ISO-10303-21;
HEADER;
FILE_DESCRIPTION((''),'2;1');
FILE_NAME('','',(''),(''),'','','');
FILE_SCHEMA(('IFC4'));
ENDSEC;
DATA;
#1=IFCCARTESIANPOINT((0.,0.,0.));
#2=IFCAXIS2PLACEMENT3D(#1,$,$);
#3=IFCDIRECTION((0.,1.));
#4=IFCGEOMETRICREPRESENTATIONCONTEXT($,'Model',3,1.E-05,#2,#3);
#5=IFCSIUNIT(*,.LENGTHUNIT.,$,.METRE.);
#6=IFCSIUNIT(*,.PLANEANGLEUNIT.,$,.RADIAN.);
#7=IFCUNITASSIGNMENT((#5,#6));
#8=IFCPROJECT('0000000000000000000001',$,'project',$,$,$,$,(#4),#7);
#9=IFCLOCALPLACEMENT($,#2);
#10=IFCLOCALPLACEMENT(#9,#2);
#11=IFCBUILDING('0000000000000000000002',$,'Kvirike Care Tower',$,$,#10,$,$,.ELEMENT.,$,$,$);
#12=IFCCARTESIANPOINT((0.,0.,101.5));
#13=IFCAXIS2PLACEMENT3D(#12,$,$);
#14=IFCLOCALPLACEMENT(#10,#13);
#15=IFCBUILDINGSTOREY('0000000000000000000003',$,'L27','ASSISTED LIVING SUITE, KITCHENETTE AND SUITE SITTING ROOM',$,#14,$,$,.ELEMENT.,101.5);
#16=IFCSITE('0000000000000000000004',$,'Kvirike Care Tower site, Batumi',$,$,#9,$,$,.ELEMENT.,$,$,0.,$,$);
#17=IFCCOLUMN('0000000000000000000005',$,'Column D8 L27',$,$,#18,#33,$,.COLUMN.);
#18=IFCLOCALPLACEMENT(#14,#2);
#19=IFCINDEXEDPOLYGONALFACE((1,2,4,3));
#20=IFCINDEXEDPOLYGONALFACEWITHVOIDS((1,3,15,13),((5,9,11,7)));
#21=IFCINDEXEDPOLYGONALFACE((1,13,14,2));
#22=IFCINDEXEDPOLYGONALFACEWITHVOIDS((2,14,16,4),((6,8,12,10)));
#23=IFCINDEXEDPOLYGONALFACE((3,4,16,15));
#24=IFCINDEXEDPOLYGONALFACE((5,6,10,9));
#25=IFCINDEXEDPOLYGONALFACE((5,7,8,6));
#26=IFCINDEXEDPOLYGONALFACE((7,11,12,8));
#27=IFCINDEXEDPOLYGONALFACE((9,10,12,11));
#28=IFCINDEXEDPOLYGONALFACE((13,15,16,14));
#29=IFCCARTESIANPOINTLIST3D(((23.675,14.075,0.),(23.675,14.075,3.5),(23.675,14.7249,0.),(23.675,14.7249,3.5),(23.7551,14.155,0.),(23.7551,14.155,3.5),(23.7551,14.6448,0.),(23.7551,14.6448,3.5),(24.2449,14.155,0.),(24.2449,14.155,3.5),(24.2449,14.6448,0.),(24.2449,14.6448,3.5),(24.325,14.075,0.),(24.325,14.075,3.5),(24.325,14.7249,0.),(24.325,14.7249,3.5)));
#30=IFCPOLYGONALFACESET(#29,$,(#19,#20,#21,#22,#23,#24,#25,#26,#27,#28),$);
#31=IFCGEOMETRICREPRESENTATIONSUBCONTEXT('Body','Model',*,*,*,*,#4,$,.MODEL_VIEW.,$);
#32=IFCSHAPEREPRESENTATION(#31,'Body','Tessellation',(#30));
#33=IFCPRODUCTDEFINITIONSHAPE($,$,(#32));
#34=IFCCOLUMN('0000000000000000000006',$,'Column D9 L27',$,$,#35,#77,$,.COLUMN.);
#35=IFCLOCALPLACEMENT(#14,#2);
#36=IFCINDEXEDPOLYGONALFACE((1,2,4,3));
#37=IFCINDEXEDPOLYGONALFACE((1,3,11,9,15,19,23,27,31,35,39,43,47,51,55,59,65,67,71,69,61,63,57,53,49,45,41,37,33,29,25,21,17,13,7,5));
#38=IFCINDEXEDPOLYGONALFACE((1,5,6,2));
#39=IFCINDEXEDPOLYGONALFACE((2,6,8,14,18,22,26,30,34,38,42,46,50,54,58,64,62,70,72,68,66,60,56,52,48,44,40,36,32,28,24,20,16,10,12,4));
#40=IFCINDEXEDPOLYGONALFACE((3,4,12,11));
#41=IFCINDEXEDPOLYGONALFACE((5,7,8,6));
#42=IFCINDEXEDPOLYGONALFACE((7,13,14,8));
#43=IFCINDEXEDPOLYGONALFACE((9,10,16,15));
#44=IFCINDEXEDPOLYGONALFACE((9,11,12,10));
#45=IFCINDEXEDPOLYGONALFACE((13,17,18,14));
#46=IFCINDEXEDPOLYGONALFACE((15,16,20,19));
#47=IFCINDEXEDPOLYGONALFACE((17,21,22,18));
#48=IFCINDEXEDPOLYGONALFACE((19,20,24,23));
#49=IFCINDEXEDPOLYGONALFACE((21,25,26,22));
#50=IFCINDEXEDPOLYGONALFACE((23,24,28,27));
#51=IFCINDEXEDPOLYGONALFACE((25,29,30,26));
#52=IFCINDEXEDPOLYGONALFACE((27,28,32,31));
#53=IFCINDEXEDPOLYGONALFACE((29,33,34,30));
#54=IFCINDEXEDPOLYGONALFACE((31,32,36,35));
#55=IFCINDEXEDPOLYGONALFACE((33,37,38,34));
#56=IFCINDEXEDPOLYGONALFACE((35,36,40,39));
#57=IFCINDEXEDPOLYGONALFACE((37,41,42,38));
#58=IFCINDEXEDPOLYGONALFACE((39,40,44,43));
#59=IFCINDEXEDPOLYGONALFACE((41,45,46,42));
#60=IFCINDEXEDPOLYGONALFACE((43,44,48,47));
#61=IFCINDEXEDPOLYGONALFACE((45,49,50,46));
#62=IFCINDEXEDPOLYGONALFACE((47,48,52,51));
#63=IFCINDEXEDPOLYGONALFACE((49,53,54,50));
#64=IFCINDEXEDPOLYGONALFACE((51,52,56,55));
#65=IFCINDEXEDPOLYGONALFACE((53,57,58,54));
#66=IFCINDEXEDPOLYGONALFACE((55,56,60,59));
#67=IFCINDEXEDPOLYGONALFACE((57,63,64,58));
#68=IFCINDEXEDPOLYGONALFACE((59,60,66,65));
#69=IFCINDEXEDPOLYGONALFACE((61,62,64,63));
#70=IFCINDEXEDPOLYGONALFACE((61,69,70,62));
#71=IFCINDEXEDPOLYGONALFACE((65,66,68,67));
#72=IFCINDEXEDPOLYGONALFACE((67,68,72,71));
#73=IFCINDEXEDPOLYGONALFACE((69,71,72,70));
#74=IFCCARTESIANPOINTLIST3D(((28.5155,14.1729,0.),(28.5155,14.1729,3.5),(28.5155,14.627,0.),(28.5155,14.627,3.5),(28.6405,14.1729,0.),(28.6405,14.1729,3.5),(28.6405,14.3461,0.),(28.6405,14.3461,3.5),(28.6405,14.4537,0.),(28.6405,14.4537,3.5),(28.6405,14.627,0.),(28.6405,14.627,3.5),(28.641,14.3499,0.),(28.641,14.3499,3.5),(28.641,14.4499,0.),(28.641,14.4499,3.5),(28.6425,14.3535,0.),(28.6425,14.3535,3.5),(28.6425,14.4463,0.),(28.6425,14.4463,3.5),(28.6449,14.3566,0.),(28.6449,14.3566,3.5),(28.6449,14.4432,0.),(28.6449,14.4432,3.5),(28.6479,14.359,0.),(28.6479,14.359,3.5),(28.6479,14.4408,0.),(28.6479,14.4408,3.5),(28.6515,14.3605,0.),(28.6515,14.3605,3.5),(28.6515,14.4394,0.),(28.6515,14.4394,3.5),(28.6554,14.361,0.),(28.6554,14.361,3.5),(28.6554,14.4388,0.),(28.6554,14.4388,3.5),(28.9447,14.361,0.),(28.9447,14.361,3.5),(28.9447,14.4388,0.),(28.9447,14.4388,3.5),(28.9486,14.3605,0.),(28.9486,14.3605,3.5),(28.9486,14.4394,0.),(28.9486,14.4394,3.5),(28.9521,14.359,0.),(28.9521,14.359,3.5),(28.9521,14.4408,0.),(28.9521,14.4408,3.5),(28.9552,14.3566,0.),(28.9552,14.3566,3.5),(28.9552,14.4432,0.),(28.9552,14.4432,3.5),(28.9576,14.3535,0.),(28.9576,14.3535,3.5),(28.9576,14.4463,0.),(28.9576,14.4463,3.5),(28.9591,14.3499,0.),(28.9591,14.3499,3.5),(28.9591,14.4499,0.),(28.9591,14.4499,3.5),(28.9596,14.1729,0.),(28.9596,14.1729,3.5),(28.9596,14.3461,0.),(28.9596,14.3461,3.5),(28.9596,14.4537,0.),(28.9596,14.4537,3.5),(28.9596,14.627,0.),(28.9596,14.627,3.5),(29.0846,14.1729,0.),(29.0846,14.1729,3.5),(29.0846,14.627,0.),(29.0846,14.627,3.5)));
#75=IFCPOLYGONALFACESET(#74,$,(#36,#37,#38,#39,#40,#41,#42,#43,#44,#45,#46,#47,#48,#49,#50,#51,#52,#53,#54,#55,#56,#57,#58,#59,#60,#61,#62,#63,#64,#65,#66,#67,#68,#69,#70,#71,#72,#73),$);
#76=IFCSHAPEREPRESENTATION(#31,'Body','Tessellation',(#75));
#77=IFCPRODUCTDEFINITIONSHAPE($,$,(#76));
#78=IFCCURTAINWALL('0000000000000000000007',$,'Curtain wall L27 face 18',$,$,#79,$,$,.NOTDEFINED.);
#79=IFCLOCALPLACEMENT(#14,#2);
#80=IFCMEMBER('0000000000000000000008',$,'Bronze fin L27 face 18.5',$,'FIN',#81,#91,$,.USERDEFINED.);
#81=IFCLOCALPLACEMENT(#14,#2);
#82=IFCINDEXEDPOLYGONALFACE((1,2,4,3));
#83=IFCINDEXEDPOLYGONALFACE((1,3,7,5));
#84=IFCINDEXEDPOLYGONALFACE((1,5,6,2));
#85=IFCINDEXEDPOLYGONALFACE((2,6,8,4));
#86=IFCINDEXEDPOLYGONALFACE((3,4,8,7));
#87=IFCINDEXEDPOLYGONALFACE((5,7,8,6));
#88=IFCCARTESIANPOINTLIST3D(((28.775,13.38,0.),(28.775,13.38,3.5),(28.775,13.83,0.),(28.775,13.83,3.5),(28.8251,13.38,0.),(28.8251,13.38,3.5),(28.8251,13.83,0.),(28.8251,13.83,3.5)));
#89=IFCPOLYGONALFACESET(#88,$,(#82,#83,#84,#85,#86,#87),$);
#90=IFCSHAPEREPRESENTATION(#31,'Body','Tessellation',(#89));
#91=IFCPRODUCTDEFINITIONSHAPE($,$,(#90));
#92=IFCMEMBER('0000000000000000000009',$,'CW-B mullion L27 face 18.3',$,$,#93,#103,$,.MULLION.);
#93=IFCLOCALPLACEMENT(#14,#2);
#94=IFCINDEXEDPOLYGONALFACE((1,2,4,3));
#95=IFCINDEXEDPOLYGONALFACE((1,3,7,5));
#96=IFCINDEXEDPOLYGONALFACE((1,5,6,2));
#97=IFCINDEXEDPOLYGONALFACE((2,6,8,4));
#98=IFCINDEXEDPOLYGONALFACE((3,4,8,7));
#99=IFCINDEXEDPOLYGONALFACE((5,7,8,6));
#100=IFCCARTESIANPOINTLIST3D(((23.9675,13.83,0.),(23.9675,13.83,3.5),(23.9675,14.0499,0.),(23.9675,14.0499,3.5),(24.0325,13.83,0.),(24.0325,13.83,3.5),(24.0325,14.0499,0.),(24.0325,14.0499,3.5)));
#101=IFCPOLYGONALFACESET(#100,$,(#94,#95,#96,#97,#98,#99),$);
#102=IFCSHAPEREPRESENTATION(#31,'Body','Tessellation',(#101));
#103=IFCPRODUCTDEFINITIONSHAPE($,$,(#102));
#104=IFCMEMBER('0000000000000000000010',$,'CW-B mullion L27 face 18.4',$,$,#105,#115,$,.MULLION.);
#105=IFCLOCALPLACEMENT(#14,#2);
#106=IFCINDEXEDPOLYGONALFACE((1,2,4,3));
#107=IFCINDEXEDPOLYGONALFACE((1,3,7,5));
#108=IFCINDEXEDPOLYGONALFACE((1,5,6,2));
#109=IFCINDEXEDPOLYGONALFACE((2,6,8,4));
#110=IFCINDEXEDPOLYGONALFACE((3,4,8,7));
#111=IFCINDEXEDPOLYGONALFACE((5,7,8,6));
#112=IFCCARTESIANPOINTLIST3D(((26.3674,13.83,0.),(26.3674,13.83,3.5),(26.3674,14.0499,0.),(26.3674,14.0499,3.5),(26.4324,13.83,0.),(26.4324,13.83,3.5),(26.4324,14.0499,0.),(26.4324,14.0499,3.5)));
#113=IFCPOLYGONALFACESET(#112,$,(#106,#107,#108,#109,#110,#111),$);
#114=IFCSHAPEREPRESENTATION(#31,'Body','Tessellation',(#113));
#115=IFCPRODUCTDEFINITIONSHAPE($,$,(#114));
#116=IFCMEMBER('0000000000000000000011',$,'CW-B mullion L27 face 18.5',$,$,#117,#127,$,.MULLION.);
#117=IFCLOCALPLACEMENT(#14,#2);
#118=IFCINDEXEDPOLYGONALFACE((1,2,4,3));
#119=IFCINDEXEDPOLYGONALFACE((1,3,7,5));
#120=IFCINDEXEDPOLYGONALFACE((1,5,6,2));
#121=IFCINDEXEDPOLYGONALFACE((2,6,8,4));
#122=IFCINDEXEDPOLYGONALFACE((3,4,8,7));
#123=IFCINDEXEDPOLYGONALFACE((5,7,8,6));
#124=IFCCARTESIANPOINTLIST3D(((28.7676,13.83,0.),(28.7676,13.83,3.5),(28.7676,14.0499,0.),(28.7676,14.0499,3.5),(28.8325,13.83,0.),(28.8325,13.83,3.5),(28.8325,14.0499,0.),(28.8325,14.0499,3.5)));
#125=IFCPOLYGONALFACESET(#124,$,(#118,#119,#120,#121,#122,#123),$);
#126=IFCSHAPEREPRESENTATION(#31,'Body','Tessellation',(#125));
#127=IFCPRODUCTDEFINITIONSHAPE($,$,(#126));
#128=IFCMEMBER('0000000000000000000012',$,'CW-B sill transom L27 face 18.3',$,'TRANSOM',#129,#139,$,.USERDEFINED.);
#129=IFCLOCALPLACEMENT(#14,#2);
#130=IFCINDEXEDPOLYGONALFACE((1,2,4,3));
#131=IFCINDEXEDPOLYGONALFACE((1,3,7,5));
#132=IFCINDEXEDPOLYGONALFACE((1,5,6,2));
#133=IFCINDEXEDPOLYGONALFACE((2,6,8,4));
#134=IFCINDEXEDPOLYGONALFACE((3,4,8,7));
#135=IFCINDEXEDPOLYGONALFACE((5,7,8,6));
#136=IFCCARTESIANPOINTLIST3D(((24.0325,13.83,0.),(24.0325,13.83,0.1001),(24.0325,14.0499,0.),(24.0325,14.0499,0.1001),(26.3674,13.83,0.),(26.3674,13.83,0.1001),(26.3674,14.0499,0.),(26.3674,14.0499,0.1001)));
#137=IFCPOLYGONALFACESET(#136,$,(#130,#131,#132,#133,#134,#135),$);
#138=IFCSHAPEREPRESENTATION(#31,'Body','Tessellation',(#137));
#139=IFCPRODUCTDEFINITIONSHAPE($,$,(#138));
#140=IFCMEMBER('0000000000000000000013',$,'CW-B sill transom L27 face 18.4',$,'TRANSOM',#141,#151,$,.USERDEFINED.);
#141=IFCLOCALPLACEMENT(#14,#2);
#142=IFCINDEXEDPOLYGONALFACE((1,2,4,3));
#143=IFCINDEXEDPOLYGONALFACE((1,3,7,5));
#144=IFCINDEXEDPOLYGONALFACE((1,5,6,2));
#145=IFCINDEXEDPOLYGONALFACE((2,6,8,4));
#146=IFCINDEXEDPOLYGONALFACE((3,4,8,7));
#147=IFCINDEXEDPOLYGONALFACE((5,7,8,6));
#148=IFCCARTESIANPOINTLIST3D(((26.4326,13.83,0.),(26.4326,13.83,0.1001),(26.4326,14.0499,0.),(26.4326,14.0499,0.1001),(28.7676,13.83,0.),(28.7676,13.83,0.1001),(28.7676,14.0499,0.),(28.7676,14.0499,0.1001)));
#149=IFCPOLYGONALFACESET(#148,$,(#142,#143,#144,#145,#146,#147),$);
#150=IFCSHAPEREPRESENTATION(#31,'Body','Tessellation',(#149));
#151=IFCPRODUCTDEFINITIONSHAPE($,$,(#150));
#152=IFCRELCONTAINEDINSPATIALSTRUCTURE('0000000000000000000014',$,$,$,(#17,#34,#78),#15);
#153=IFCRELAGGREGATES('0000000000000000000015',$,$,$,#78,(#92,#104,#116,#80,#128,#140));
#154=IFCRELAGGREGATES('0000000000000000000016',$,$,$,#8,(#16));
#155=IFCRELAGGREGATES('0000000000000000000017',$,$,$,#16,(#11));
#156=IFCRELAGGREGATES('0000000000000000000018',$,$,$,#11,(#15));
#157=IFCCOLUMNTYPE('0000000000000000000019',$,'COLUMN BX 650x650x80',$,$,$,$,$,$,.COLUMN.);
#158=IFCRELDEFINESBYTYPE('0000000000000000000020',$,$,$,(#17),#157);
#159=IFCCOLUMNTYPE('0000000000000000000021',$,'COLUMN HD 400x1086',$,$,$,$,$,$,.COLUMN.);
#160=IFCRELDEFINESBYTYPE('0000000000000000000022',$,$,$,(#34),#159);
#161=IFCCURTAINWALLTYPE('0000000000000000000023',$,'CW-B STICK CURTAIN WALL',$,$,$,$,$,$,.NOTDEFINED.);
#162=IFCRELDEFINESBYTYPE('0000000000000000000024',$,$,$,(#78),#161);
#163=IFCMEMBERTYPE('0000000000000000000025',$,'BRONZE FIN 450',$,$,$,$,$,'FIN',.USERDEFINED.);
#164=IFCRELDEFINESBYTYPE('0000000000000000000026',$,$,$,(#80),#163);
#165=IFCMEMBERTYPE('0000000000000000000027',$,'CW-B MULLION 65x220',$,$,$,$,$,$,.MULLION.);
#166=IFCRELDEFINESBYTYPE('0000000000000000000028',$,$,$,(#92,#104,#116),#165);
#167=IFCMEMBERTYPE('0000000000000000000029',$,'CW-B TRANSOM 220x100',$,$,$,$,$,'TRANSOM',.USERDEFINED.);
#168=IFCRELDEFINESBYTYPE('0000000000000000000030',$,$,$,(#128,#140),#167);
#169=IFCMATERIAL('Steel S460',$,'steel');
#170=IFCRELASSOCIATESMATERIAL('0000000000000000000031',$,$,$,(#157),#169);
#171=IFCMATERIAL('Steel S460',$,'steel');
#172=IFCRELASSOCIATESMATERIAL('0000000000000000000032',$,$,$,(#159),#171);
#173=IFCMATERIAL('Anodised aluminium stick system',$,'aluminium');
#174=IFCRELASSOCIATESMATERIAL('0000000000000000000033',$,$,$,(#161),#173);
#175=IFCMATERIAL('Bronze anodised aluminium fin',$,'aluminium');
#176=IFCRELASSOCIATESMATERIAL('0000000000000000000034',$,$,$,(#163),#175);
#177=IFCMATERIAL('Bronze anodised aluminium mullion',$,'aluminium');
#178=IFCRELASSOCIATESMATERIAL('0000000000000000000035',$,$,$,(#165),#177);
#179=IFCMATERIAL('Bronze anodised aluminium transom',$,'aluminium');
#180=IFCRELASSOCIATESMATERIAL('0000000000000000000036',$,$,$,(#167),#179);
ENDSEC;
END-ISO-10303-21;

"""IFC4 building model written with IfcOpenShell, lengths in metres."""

from ifc_helpers import new_model, si_unit, direction, frame, origin, origin_2d, place, context, subcontext, project, spatial, rectangle, hollow_rectangle, i_section, extrude, material, material_profile, profile_set, type_object, element, aggregate, save


model = new_model("IFC4")

# Units and contexts
model_context = context("Model", 3, precision=1e-05, world=origin(), true_north=direction((0.0, 1.0)))
body_context = subcontext(model_context, "Body", "Model", "MODEL_VIEW")
ifc_project = project(units=[si_unit("LENGTHUNIT", "METRE"), si_unit("PLANEANGLEUNIT", "RADIAN")], contexts=[model_context])

# Site, building, storey
site_placement = place(None, origin())
site = spatial("IfcSite", under=ifc_project, at=site_placement, Name="Kvirike Care Tower site, Batumi", CompositionType="ELEMENT", RefElevation=0.0)
building_placement = place(site_placement, origin())
building = spatial("IfcBuilding", under=site, at=building_placement, Name="Kvirike Care Tower", CompositionType="ELEMENT")
storey_placement = place(building_placement, frame((0.0, 0.0, 101.5)))
storey = spatial("IfcBuildingStorey", under=building, at=storey_placement, Name="L27", Description="ASSISTED LIVING SUITE, KITCHENETTE AND SUITE SITTING ROOM", CompositionType="ELEMENT", Elevation=101.5)

# Columns
ifc_material_1 = material(Name="Steel S460", Category="steel")
ifc_material_profile_1 = material_profile(ifc_material_1, hollow_rectangle(XDim=0.6499, YDim=0.6499, WallThickness=0.0801, at=origin_2d()), Name="BX 650x650x80")
ifc_profile_set_1 = profile_set([ifc_material_profile_1], Name="Steel S460")
column_type_1 = type_object("IfcColumnType", Name="COLUMN BX 650x650x80", PredefinedType="COLUMN", material=ifc_profile_set_1)
column_1_placement = place(storey_placement, frame((24.0, 14.3999, 0.0), z_axis=(0.0, 0.0, 1.0), x_axis=(0.0, 1.0, 0.0)))
element("IfcColumn", 1, at=column_1_placement, inside=storey, type_object=column_type_1, Name="Column D8 L27", PredefinedType="COLUMN", context=body_context, shape_type="SweptSolid", body=[
    extrude(hollow_rectangle(XDim=0.6499, YDim=0.6499, WallThickness=0.0801, at=origin_2d()), origin(), (0.0, 0.0, 1.0), 3.5),
])
ifc_material_2 = material(Name="Steel S460", Category="steel")
ifc_material_profile_2 = material_profile(ifc_material_2, i_section(OverallWidth=0.4541, OverallDepth=0.5691, WebThickness=0.0779, FlangeThickness=0.125, FilletRadius=0.0149, at=origin_2d()), Name="HD 400x1086")
ifc_profile_set_2 = profile_set([ifc_material_profile_2], Name="Steel S460")
column_type_2 = type_object("IfcColumnType", Name="COLUMN HD 400x1086", PredefinedType="COLUMN", material=ifc_profile_set_2)
column_2_placement = place(storey_placement, frame((28.8, 14.3999, 0.0), z_axis=(0.0, 0.0, 1.0), x_axis=(0.0, 1.0, 0.0)))
element("IfcColumn", 2, at=column_2_placement, inside=storey, type_object=column_type_2, Name="Column D9 L27", PredefinedType="COLUMN", context=body_context, shape_type="SweptSolid", body=[
    extrude(i_section(OverallWidth=0.4541, OverallDepth=0.5691, WebThickness=0.0779, FlangeThickness=0.125, FilletRadius=0.0149, at=origin_2d()), origin(), (0.0, 0.0, 1.0), 3.5),
])

# Curtain wall, members
ifc_material_3 = material(Name="Anodised aluminium stick system", Category="aluminium")
curtain_wall_type = type_object("IfcCurtainWallType", Name="CW-B STICK CURTAIN WALL", PredefinedType="NOTDEFINED", material=ifc_material_3)
curtain_wall_placement = place(storey_placement, origin())
curtain_wall = element("IfcCurtainWall", 3, at=curtain_wall_placement, inside=storey, type_object=curtain_wall_type, Name="Curtain wall L27 face 18", PredefinedType="NOTDEFINED")
ifc_material_4 = material(Name="Bronze anodised aluminium fin", Category="aluminium")
ifc_material_profile_3 = material_profile(ifc_material_4, rectangle(XDim=0.05, YDim=0.45, at=origin_2d()), Name="BRONZE FIN 450")
ifc_profile_set_3 = profile_set([ifc_material_profile_3], Name="Bronze anodised aluminium fin")
member_type_1 = type_object("IfcMemberType", Name="BRONZE FIN 450", ElementType="FIN", PredefinedType="USERDEFINED", material=ifc_profile_set_3)
member_1_placement = place(storey_placement, frame((28.8, 13.605, 0.0), z_axis=(0.0, 0.0, 1.0), x_axis=(1.0, 0.0, 0.0)))
member_1 = element("IfcMember", 4, at=member_1_placement, type_object=member_type_1, Name="Bronze fin L27 face 18.5", ObjectType="FIN", PredefinedType="USERDEFINED", context=body_context, shape_type="SweptSolid", body=[
    extrude(rectangle(XDim=0.05, YDim=0.45, at=origin_2d()), origin(), (0.0, 0.0, 1.0), 3.5),
])
ifc_material_5 = material(Name="Bronze anodised aluminium mullion", Category="aluminium")
ifc_material_profile_4 = material_profile(ifc_material_5, rectangle(XDim=0.0649, YDim=0.22, at=origin_2d()), Name="CW-B MULLION 65x220")
ifc_profile_set_4 = profile_set([ifc_material_profile_4], Name="Bronze anodised aluminium mullion")
member_type_2 = type_object("IfcMemberType", Name="CW-B MULLION 65x220", PredefinedType="MULLION", material=ifc_profile_set_4)
member_2_placement = place(storey_placement, frame((24.0, 13.9399, 0.0), z_axis=(0.0, 0.0, 1.0), x_axis=(1.0, 0.0, 0.0)))
member_2 = element("IfcMember", 5, at=member_2_placement, type_object=member_type_2, Name="CW-B mullion L27 face 18.3", PredefinedType="MULLION", context=body_context, shape_type="SweptSolid", body=[
    extrude(rectangle(XDim=0.0649, YDim=0.22, at=origin_2d()), origin(), (0.0, 0.0, 1.0), 3.5),
])
member_3_placement = place(storey_placement, frame((26.3999, 13.9399, 0.0), z_axis=(0.0, 0.0, 1.0), x_axis=(1.0, 0.0, 0.0)))
member_3 = element("IfcMember", 6, at=member_3_placement, type_object=member_type_2, Name="CW-B mullion L27 face 18.4", PredefinedType="MULLION", context=body_context, shape_type="SweptSolid", body=[
    extrude(rectangle(XDim=0.0649, YDim=0.22, at=origin_2d()), origin(), (0.0, 0.0, 1.0), 3.5),
])
member_4_placement = place(storey_placement, frame((28.8, 13.9399, 0.0), z_axis=(0.0, 0.0, 1.0), x_axis=(1.0, 0.0, 0.0)))
member_4 = element("IfcMember", 7, at=member_4_placement, type_object=member_type_2, Name="CW-B mullion L27 face 18.5", PredefinedType="MULLION", context=body_context, shape_type="SweptSolid", body=[
    extrude(rectangle(XDim=0.0649, YDim=0.22, at=origin_2d()), origin(), (0.0, 0.0, 1.0), 3.5),
])
ifc_material_6 = material(Name="Bronze anodised aluminium transom", Category="aluminium")
ifc_material_profile_5 = material_profile(ifc_material_6, rectangle(XDim=0.22, YDim=0.1001, at=origin_2d()), Name="CW-B TRANSOM 220x100")
ifc_profile_set_5 = profile_set([ifc_material_profile_5], Name="Bronze anodised aluminium transom")
member_type_3 = type_object("IfcMemberType", Name="CW-B TRANSOM 220x100", ElementType="TRANSOM", PredefinedType="USERDEFINED", material=ifc_profile_set_5)
member_5_placement = place(storey_placement, frame((24.0325, 13.9399, 0.05), z_axis=(1.0, 0.0, 0.0), x_axis=(0.0, 1.0, 0.0)))
member_5 = element("IfcMember", 8, at=member_5_placement, type_object=member_type_3, Name="CW-B sill transom L27 face 18.3", ObjectType="TRANSOM", PredefinedType="USERDEFINED", context=body_context, shape_type="SweptSolid", body=[
    extrude(rectangle(XDim=0.22, YDim=0.1001, at=origin_2d()), origin(), (0.0, 0.0, 1.0), 2.335),
])
member_6_placement = place(storey_placement, frame((26.4326, 13.9399, 0.05), z_axis=(1.0, 0.0, 0.0), x_axis=(0.0, 1.0, 0.0)))
member_6 = element("IfcMember", 9, at=member_6_placement, type_object=member_type_3, Name="CW-B sill transom L27 face 18.4", ObjectType="TRANSOM", PredefinedType="USERDEFINED", context=body_context, shape_type="SweptSolid", body=[
    extrude(rectangle(XDim=0.22, YDim=0.1001, at=origin_2d()), origin(), (0.0, 0.0, 1.0), 2.335),
])

aggregate(curtain_wall, [member_2, member_3, member_4, member_1, member_5, member_6])

save(model, "model.ifc")
